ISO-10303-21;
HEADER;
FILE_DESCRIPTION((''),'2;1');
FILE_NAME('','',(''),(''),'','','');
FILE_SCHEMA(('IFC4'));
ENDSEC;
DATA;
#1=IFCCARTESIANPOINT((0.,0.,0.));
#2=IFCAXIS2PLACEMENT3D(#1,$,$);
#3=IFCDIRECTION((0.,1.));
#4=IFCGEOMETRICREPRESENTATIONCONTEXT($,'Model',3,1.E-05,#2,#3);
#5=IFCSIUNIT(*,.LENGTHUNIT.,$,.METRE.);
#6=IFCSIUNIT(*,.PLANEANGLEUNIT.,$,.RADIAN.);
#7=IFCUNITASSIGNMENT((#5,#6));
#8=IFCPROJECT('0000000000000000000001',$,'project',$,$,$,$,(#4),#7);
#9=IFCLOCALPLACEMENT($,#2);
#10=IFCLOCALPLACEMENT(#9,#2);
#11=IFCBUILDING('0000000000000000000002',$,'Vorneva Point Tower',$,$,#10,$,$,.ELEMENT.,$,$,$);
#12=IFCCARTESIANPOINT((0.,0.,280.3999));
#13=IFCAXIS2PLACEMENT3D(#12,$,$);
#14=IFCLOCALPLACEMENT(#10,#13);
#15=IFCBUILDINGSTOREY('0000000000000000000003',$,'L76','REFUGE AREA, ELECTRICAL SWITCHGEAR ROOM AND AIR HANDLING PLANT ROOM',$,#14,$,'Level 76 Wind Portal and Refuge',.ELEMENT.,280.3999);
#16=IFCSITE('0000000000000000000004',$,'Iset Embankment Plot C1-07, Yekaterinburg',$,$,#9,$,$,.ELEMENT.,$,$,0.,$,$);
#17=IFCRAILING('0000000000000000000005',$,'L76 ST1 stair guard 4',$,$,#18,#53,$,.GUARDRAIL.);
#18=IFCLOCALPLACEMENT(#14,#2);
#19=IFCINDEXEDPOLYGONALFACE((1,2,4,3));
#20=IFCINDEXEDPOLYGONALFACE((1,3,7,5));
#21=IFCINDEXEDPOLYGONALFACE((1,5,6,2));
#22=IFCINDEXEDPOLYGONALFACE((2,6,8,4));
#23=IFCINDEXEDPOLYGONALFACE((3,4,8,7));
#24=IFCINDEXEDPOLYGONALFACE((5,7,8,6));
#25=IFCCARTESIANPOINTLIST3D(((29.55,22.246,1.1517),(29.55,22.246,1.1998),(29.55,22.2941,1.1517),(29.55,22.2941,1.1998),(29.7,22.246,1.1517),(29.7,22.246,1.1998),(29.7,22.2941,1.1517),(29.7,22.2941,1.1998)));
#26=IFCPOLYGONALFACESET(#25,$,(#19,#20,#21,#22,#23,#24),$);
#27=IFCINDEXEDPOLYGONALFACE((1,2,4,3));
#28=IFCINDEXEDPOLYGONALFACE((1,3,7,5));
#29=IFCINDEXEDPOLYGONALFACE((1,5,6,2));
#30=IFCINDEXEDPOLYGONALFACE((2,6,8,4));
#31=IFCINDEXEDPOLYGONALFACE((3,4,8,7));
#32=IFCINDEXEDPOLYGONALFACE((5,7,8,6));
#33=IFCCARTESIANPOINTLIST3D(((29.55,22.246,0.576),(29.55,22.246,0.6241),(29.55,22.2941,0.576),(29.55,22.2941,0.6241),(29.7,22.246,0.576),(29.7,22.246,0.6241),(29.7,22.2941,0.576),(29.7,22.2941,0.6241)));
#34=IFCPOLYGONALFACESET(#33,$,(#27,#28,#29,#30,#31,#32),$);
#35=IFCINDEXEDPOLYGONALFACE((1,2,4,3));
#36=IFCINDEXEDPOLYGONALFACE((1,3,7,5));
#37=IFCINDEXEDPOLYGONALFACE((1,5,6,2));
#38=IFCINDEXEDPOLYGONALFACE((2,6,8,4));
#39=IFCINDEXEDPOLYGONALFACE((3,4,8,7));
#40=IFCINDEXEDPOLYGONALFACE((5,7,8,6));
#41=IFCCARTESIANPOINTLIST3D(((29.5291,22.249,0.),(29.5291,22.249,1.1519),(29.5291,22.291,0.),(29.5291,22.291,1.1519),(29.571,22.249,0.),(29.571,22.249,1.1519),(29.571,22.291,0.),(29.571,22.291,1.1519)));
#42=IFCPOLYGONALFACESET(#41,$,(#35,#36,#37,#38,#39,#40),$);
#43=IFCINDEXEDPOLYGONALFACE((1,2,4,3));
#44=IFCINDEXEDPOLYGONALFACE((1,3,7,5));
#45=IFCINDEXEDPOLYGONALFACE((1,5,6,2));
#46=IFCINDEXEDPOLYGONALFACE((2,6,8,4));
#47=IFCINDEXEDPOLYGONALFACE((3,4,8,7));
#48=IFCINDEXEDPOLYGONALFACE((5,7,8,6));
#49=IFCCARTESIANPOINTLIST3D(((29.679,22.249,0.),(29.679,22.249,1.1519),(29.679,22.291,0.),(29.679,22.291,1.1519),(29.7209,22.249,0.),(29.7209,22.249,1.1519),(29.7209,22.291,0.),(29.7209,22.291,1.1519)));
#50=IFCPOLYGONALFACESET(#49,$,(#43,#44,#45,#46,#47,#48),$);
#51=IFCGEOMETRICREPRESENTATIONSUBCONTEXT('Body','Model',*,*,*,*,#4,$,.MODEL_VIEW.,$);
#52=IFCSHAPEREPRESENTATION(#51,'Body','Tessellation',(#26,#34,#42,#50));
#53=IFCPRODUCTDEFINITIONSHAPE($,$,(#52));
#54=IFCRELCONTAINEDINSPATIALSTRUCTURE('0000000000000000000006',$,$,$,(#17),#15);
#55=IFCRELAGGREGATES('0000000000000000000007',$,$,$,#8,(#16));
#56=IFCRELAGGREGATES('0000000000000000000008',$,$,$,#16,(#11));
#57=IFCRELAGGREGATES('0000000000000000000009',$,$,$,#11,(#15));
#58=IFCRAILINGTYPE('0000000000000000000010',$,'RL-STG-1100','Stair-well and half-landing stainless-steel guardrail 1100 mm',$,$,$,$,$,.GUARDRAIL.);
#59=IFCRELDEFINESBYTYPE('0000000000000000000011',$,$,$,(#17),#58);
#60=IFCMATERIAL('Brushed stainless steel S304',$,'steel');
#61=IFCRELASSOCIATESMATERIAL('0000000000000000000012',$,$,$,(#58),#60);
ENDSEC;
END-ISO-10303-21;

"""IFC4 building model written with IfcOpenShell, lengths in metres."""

from ifc_helpers import new_model, si_unit, direction, frame, origin, origin_2d, place, context, subcontext, project, spatial, rectangle, extrude, material, type_object, element, save


model = new_model("IFC4")

# Units and contexts
model_context = context("Model", 3, precision=1e-05, world=origin(), true_north=direction((0.0, 1.0)))
body_context = subcontext(model_context, "Body", "Model", "MODEL_VIEW")
ifc_project = project(units=[si_unit("LENGTHUNIT", "METRE"), si_unit("PLANEANGLEUNIT", "RADIAN")], contexts=[model_context])

# Site, building, storey
site_placement = place(None, origin())
site = spatial("IfcSite", under=ifc_project, at=site_placement, Name="Iset Embankment Plot C1-07, Yekaterinburg", CompositionType="ELEMENT", RefElevation=0.0)
building_placement = place(site_placement, origin())
building = spatial("IfcBuilding", under=site, at=building_placement, Name="Vorneva Point Tower", CompositionType="ELEMENT")
storey_placement = place(building_placement, frame((0.0, 0.0, 280.3999)))
storey = spatial("IfcBuildingStorey", under=building, at=storey_placement, Name="L76", Description="REFUGE AREA, ELECTRICAL SWITCHGEAR ROOM AND AIR HANDLING PLANT ROOM", LongName="Level 76 Wind Portal and Refuge", CompositionType="ELEMENT", Elevation=280.3999)

# Railing
ifc_material_1 = material(Name="Brushed stainless steel S304", Category="steel")
railing_type_1 = type_object("IfcRailingType", Name="RL-STG-1100", Description="Stair-well and half-landing stainless-steel guardrail 1100 mm", PredefinedType="GUARDRAIL", material=ifc_material_1)
railing_1_placement = place(storey_placement, frame((29.55, 22.27, 0.0)))
element("IfcRailing", 1, at=railing_1_placement, inside=storey, type_object=railing_type_1, Name="L76 ST1 stair guard 4", PredefinedType="GUARDRAIL", context=body_context, shape_type="SweptSolid", body=[
    extrude(rectangle(XDim=0.0481, YDim=0.0481, at=origin_2d()), frame((0.0, 0.0, 1.1758), z_axis=(1.0, 0.0, 0.0), x_axis=(0.0, 1.0, 0.0)), (0.0, 0.0, 1.0), 0.1499),
    extrude(rectangle(XDim=0.0481, YDim=0.0481, at=origin_2d()), frame((0.0, 0.0, 0.6001), z_axis=(1.0, 0.0, 0.0), x_axis=(0.0, 1.0, 0.0)), (0.0, 0.0, 1.0), 0.1499),
    extrude(rectangle(XDim=0.042, YDim=0.042, at=origin_2d()), origin(), (0.0, 0.0, 1.0), 1.1519),
    extrude(rectangle(XDim=0.042, YDim=0.042, at=origin_2d()), frame((0.1499, 0.0, 0.0)), (0.0, 0.0, 1.0), 1.1519),
])

save(model, "model.ifc")
